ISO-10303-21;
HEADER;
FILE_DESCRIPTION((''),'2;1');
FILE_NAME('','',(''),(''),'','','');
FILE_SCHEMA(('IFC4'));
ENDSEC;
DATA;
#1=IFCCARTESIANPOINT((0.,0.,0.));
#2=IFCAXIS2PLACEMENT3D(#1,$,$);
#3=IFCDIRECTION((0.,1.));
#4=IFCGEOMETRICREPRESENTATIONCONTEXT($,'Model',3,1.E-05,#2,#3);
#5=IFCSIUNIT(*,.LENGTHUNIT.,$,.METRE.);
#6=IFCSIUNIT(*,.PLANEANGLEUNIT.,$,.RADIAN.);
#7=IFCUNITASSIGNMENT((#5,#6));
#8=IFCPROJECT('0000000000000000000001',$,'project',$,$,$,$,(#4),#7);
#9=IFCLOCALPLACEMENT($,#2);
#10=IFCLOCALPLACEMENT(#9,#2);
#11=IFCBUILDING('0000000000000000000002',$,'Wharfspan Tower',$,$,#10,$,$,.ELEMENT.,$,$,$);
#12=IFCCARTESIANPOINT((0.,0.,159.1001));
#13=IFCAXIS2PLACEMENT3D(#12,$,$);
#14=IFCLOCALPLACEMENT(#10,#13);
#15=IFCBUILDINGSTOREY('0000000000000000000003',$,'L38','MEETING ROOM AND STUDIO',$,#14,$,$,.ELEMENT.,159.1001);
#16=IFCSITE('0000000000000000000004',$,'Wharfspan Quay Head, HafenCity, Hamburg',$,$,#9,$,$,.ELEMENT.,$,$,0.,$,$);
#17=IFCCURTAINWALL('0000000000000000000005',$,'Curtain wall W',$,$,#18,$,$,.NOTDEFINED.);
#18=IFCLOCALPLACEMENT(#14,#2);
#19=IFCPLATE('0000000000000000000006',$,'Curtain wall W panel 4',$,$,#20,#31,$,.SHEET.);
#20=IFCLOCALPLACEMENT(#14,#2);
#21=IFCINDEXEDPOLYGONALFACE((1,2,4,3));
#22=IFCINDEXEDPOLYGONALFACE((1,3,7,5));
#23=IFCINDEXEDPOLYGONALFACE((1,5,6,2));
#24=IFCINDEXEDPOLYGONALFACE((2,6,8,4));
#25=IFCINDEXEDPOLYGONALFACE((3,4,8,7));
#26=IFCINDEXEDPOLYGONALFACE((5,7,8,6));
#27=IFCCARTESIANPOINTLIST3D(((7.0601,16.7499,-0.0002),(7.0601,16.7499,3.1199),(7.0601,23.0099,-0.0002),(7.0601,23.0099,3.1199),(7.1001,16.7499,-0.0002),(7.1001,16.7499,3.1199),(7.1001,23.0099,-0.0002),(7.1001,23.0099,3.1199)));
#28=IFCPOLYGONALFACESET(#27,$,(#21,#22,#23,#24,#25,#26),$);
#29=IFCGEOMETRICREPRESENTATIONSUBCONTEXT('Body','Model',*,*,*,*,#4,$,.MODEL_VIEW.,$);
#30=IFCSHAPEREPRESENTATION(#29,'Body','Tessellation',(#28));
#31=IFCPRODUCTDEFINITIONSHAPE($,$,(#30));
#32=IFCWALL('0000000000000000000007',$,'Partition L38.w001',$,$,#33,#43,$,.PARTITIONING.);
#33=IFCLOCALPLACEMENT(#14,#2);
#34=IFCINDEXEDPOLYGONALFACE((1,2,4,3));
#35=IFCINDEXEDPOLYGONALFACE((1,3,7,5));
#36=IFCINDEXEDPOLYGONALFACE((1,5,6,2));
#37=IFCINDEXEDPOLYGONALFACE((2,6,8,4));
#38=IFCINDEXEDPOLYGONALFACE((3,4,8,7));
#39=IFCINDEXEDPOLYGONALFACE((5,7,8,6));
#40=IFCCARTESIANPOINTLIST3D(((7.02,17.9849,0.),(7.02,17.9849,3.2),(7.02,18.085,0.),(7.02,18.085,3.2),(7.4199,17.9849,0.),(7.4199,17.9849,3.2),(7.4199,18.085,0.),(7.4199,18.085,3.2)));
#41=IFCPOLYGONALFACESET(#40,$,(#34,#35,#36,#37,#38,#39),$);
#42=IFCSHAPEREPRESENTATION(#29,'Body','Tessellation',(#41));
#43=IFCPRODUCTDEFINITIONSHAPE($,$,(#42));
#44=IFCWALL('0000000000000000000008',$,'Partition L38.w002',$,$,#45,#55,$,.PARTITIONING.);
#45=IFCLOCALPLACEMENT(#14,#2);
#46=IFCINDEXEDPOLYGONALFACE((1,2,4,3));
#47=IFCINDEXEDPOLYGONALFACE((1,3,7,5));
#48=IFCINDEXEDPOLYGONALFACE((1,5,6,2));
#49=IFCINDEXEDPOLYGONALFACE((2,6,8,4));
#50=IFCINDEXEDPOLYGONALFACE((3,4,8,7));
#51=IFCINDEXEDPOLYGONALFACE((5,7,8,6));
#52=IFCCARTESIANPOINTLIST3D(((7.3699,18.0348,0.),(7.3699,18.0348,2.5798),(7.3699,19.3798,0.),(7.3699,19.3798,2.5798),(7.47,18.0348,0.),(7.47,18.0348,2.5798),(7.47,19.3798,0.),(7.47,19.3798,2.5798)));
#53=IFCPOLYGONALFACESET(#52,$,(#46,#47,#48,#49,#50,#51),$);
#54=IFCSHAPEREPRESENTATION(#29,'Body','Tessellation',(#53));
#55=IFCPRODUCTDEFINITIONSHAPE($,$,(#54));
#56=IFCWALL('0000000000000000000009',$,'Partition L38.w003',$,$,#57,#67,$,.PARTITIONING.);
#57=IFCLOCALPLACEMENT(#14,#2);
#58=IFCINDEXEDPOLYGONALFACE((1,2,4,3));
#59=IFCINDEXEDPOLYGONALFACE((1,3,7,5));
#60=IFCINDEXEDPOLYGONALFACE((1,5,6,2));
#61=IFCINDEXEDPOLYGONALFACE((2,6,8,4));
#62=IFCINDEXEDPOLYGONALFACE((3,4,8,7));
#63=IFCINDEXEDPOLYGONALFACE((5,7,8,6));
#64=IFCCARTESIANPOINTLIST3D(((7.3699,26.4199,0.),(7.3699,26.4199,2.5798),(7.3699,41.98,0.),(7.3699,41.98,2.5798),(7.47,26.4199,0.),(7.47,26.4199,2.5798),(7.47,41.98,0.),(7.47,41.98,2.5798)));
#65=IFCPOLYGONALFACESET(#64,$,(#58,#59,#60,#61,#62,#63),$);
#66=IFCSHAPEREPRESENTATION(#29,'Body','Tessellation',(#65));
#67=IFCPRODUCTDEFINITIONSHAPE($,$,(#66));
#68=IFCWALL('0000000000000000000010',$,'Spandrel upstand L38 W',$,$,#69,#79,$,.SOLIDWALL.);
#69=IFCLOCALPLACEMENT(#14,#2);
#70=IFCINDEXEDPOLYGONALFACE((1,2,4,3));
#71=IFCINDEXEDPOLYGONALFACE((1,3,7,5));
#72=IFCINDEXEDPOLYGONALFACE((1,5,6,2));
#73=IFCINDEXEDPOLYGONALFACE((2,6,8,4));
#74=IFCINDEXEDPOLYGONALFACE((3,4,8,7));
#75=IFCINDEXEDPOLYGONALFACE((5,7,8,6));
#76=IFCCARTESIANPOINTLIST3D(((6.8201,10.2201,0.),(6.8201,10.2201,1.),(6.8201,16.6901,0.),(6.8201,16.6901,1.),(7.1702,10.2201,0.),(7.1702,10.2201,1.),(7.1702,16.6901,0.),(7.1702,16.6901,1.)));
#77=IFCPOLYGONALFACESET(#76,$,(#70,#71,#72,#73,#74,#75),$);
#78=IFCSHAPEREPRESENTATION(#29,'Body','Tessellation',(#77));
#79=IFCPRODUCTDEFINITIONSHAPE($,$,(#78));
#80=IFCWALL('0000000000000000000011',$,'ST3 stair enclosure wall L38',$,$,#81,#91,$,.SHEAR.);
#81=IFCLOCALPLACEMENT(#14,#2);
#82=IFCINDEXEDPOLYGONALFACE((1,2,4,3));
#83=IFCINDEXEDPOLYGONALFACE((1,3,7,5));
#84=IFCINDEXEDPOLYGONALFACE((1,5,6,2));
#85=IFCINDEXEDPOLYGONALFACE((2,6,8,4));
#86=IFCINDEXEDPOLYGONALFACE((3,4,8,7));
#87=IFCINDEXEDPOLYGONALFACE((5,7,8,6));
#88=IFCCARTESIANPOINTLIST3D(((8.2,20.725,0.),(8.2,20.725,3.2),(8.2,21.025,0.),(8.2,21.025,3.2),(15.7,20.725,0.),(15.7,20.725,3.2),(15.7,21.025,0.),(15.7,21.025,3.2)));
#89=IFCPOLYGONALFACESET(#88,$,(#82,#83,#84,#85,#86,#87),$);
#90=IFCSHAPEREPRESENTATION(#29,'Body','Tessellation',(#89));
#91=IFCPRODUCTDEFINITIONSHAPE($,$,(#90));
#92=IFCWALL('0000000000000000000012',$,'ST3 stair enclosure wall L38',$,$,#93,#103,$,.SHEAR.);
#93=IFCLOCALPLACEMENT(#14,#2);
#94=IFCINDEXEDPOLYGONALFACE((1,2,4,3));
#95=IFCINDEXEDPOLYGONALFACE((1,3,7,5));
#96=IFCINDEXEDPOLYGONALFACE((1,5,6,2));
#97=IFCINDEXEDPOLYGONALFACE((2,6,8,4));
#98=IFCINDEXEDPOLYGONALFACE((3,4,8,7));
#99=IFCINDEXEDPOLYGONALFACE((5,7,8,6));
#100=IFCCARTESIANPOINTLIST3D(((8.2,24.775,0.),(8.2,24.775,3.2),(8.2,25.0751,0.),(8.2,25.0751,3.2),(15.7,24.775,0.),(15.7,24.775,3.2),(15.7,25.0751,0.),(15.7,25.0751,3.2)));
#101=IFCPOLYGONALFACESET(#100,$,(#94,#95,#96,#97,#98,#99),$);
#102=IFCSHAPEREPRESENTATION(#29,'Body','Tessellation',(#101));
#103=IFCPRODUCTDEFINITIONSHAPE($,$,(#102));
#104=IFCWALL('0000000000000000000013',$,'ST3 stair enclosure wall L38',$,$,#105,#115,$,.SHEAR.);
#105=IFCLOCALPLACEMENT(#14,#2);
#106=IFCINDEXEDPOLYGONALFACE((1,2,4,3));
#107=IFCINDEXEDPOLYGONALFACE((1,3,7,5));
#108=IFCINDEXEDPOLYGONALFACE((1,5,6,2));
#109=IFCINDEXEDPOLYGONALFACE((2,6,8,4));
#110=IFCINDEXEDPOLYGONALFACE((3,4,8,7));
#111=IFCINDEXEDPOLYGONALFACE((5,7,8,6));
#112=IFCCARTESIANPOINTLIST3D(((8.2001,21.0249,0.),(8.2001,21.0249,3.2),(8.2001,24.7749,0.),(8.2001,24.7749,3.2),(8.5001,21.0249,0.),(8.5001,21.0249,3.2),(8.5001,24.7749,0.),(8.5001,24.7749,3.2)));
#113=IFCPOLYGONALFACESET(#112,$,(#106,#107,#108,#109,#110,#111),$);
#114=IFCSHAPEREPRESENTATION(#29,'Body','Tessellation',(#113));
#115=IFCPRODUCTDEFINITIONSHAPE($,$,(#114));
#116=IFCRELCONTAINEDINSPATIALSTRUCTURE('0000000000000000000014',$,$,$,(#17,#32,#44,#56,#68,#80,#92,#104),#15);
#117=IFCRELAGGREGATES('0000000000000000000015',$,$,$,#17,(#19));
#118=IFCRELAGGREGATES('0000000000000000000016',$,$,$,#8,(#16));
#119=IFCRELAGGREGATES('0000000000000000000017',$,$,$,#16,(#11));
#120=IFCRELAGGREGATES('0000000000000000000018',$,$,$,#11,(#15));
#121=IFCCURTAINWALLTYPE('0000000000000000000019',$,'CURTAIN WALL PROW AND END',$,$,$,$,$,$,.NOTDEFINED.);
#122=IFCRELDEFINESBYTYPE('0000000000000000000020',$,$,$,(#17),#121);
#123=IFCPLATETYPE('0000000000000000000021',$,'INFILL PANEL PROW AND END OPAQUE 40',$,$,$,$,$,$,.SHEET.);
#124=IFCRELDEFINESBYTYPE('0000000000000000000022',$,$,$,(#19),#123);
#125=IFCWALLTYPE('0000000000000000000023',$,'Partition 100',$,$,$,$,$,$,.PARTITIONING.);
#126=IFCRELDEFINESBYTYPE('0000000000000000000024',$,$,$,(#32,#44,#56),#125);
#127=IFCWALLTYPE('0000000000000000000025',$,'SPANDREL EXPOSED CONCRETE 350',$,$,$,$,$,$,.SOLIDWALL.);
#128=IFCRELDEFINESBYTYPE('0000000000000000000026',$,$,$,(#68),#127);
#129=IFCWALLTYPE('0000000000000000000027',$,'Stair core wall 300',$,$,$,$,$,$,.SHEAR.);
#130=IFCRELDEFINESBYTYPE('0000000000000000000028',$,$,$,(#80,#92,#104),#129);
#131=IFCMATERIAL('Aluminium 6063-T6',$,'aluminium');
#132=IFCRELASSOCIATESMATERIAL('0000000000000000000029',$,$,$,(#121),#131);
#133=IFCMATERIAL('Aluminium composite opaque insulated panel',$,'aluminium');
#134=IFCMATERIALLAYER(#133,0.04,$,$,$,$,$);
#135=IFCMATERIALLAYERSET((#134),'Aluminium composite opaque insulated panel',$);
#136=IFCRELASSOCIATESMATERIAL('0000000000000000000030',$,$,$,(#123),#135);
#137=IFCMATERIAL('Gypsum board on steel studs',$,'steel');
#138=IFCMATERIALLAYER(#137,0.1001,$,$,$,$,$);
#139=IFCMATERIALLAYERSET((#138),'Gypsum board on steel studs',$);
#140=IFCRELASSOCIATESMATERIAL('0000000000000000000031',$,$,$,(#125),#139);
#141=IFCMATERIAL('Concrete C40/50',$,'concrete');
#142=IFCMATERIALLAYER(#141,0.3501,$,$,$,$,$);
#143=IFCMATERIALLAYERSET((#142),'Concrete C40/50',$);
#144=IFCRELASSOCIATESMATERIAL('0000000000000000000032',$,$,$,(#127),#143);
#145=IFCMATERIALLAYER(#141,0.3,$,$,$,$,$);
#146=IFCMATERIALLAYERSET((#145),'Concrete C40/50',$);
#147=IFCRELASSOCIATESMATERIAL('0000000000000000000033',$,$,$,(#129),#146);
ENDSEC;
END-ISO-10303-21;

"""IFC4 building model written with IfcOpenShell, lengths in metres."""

from ifc_helpers import new_model, si_unit, direction, frame, frame_2d, origin, origin_2d, place, context, subcontext, project, spatial, rectangle, extrude, material, layer, layer_set, type_object, element, aggregate, save


model = new_model("IFC4")

# Units and contexts
model_context = context("Model", 3, precision=1e-05, world=origin(), true_north=direction((0.0, 1.0)))
body_context = subcontext(model_context, "Body", "Model", "MODEL_VIEW")
ifc_project = project(units=[si_unit("LENGTHUNIT", "METRE"), si_unit("PLANEANGLEUNIT", "RADIAN")], contexts=[model_context])

# Site, building, storey
site_placement = place(None, origin())
site = spatial("IfcSite", under=ifc_project, at=site_placement, Name="Wharfspan Quay Head, HafenCity, Hamburg", CompositionType="ELEMENT", RefElevation=0.0)
building_placement = place(site_placement, origin())
building = spatial("IfcBuilding", under=site, at=building_placement, Name="Wharfspan Tower", CompositionType="ELEMENT")
storey_placement = place(building_placement, frame((0.0, 0.0, 159.1001)))
storey = spatial("IfcBuildingStorey", under=building, at=storey_placement, Name="L38", Description="MEETING ROOM AND STUDIO", CompositionType="ELEMENT", Elevation=159.1001)

# Curtain wall
ifc_material_1 = material(Name="Aluminium 6063-T6", Category="aluminium")
curtain_wall_type = type_object("IfcCurtainWallType", Name="CURTAIN WALL PROW AND END", PredefinedType="NOTDEFINED", material=ifc_material_1)
curtain_wall_placement = place(storey_placement, origin())
curtain_wall = element("IfcCurtainWall", 1, at=curtain_wall_placement, inside=storey, type_object=curtain_wall_type, Name="Curtain wall W", PredefinedType="NOTDEFINED")

# Plate
ifc_material_2 = material(Name="Aluminium composite opaque insulated panel", Category="aluminium")
ifc_layer_1 = layer(ifc_material_2, 0.04)
ifc_layer_set_1 = layer_set([ifc_layer_1], Name="Aluminium composite opaque insulated panel")
plate_type = type_object("IfcPlateType", Name="INFILL PANEL PROW AND END OPAQUE 40", PredefinedType="SHEET", material=ifc_layer_set_1)
plate_1_placement = place(storey_placement, frame((7.0801, 19.8799, -0.0002), z_axis=(0.0, 0.0, 1.0), x_axis=(0.0, -1.0, 0.0)))
plate_1 = element("IfcPlate", 2, at=plate_1_placement, type_object=plate_type, Name="Curtain wall W panel 4", PredefinedType="SHEET", context=body_context, shape_type="SweptSolid", body=[
    extrude(rectangle(XDim=6.26, YDim=0.04, at=origin_2d()), origin(), (0.0, 0.0, 1.0), 3.1201),
])
aggregate(curtain_wall, [plate_1])

# Walls
ifc_material_3 = material(Name="Gypsum board on steel studs", Category="steel")
ifc_layer_2 = layer(ifc_material_3, 0.1001)
ifc_layer_set_2 = layer_set([ifc_layer_2], Name="Gypsum board on steel studs")
wall_type_1 = type_object("IfcWallType", Name="Partition 100", PredefinedType="PARTITIONING", material=ifc_layer_set_2)
wall_1_placement = place(storey_placement, frame((7.02, 18.0349, 0.0), z_axis=(0.0, 0.0, 1.0), x_axis=(1.0, 0.0, 0.0)))
element("IfcWall", 3, at=wall_1_placement, inside=storey, type_object=wall_type_1, Name="Partition L38.w001", PredefinedType="PARTITIONING", context=body_context, shape_type="SweptSolid", body=[
    extrude(rectangle(XDim=0.3999, YDim=0.1001, at=frame_2d((0.2, 0.0))), origin(), (0.0, 0.0, 1.0), 3.2),
])
wall_2_placement = place(storey_placement, frame((7.4199, 18.0349, 0.0), z_axis=(0.0, 0.0, 1.0), x_axis=(0.0, 1.0, 0.0)))
element("IfcWall", 4, at=wall_2_placement, inside=storey, type_object=wall_type_1, Name="Partition L38.w002", PredefinedType="PARTITIONING", context=body_context, shape_type="SweptSolid", body=[
    extrude(rectangle(XDim=1.345, YDim=0.1001, at=frame_2d((0.6724, 0.0))), origin(), (0.0, 0.0, 1.0), 2.5798),
])
wall_3_placement = place(storey_placement, frame((7.4199, 26.4199, 0.0), z_axis=(0.0, 0.0, 1.0), x_axis=(0.0, 1.0, 0.0)))
element("IfcWall", 5, at=wall_3_placement, inside=storey, type_object=wall_type_1, Name="Partition L38.w003", PredefinedType="PARTITIONING", context=body_context, shape_type="SweptSolid", body=[
    extrude(rectangle(XDim=15.5601, YDim=0.1001, at=frame_2d((7.78, 0.0))), origin(), (0.0, 0.0, 1.0), 2.5798),
])
ifc_material_4 = material(Name="Concrete C40/50", Category="concrete")
ifc_layer_3 = layer(ifc_material_4, 0.3501)
ifc_layer_set_3 = layer_set([ifc_layer_3], Name="Concrete C40/50")
wall_type_2 = type_object("IfcWallType", Name="SPANDREL EXPOSED CONCRETE 350", PredefinedType="SOLIDWALL", material=ifc_layer_set_3)
wall_4_placement = place(storey_placement, frame((6.9951, 16.6899, 0.0), z_axis=(0.0, 0.0, 1.0), x_axis=(0.0, -1.0, 0.0)))
element("IfcWall", 6, at=wall_4_placement, inside=storey, type_object=wall_type_2, Name="Spandrel upstand L38 W", PredefinedType="SOLIDWALL", context=body_context, shape_type="SweptSolid", body=[
    extrude(rectangle(XDim=6.47, YDim=0.3501, at=frame_2d((3.2349, 0.0))), origin(), (0.0, 0.0, 1.0), 1.0),
])
ifc_layer_4 = layer(ifc_material_4, 0.3)
ifc_layer_set_4 = layer_set([ifc_layer_4], Name="Concrete C40/50")
wall_type_3 = type_object("IfcWallType", Name="Stair core wall 300", PredefinedType="SHEAR", material=ifc_layer_set_4)
for number, where, z_axis, x_axis, name in (
    (7, (8.2, 20.875, 0.0), (0.0, 0.0, 1.0), (1.0, 0.0, 0.0), "ST3 stair enclosure wall L38"),
    (8, (8.2, 24.925, 0.0), (0.0, 0.0, 1.0), (1.0, 0.0, 0.0), "ST3 stair enclosure wall L38"),
):
    element("IfcWall", number, at=place(storey_placement, frame(where, z_axis=z_axis, x_axis=x_axis)), inside=storey, type_object=wall_type_3, Name=name, PredefinedType="SHEAR", context=body_context, shape_type="SweptSolid", body=[
        extrude(rectangle(XDim=7.5, YDim=0.3, at=frame_2d((3.75, 0.0))), origin(), (0.0, 0.0, 1.0), 3.2),
    ])
wall_5_placement = place(storey_placement, frame((8.3501, 21.0249, 0.0), z_axis=(0.0, 0.0, 1.0), x_axis=(0.0, 1.0, 0.0)))
element("IfcWall", 9, at=wall_5_placement, inside=storey, type_object=wall_type_3, Name="ST3 stair enclosure wall L38", PredefinedType="SHEAR", context=body_context, shape_type="SweptSolid", body=[
    extrude(rectangle(XDim=3.75, YDim=0.3, at=frame_2d((1.875, 0.0))), origin(), (0.0, 0.0, 1.0), 3.2),
])

save(model, "model.ifc")
